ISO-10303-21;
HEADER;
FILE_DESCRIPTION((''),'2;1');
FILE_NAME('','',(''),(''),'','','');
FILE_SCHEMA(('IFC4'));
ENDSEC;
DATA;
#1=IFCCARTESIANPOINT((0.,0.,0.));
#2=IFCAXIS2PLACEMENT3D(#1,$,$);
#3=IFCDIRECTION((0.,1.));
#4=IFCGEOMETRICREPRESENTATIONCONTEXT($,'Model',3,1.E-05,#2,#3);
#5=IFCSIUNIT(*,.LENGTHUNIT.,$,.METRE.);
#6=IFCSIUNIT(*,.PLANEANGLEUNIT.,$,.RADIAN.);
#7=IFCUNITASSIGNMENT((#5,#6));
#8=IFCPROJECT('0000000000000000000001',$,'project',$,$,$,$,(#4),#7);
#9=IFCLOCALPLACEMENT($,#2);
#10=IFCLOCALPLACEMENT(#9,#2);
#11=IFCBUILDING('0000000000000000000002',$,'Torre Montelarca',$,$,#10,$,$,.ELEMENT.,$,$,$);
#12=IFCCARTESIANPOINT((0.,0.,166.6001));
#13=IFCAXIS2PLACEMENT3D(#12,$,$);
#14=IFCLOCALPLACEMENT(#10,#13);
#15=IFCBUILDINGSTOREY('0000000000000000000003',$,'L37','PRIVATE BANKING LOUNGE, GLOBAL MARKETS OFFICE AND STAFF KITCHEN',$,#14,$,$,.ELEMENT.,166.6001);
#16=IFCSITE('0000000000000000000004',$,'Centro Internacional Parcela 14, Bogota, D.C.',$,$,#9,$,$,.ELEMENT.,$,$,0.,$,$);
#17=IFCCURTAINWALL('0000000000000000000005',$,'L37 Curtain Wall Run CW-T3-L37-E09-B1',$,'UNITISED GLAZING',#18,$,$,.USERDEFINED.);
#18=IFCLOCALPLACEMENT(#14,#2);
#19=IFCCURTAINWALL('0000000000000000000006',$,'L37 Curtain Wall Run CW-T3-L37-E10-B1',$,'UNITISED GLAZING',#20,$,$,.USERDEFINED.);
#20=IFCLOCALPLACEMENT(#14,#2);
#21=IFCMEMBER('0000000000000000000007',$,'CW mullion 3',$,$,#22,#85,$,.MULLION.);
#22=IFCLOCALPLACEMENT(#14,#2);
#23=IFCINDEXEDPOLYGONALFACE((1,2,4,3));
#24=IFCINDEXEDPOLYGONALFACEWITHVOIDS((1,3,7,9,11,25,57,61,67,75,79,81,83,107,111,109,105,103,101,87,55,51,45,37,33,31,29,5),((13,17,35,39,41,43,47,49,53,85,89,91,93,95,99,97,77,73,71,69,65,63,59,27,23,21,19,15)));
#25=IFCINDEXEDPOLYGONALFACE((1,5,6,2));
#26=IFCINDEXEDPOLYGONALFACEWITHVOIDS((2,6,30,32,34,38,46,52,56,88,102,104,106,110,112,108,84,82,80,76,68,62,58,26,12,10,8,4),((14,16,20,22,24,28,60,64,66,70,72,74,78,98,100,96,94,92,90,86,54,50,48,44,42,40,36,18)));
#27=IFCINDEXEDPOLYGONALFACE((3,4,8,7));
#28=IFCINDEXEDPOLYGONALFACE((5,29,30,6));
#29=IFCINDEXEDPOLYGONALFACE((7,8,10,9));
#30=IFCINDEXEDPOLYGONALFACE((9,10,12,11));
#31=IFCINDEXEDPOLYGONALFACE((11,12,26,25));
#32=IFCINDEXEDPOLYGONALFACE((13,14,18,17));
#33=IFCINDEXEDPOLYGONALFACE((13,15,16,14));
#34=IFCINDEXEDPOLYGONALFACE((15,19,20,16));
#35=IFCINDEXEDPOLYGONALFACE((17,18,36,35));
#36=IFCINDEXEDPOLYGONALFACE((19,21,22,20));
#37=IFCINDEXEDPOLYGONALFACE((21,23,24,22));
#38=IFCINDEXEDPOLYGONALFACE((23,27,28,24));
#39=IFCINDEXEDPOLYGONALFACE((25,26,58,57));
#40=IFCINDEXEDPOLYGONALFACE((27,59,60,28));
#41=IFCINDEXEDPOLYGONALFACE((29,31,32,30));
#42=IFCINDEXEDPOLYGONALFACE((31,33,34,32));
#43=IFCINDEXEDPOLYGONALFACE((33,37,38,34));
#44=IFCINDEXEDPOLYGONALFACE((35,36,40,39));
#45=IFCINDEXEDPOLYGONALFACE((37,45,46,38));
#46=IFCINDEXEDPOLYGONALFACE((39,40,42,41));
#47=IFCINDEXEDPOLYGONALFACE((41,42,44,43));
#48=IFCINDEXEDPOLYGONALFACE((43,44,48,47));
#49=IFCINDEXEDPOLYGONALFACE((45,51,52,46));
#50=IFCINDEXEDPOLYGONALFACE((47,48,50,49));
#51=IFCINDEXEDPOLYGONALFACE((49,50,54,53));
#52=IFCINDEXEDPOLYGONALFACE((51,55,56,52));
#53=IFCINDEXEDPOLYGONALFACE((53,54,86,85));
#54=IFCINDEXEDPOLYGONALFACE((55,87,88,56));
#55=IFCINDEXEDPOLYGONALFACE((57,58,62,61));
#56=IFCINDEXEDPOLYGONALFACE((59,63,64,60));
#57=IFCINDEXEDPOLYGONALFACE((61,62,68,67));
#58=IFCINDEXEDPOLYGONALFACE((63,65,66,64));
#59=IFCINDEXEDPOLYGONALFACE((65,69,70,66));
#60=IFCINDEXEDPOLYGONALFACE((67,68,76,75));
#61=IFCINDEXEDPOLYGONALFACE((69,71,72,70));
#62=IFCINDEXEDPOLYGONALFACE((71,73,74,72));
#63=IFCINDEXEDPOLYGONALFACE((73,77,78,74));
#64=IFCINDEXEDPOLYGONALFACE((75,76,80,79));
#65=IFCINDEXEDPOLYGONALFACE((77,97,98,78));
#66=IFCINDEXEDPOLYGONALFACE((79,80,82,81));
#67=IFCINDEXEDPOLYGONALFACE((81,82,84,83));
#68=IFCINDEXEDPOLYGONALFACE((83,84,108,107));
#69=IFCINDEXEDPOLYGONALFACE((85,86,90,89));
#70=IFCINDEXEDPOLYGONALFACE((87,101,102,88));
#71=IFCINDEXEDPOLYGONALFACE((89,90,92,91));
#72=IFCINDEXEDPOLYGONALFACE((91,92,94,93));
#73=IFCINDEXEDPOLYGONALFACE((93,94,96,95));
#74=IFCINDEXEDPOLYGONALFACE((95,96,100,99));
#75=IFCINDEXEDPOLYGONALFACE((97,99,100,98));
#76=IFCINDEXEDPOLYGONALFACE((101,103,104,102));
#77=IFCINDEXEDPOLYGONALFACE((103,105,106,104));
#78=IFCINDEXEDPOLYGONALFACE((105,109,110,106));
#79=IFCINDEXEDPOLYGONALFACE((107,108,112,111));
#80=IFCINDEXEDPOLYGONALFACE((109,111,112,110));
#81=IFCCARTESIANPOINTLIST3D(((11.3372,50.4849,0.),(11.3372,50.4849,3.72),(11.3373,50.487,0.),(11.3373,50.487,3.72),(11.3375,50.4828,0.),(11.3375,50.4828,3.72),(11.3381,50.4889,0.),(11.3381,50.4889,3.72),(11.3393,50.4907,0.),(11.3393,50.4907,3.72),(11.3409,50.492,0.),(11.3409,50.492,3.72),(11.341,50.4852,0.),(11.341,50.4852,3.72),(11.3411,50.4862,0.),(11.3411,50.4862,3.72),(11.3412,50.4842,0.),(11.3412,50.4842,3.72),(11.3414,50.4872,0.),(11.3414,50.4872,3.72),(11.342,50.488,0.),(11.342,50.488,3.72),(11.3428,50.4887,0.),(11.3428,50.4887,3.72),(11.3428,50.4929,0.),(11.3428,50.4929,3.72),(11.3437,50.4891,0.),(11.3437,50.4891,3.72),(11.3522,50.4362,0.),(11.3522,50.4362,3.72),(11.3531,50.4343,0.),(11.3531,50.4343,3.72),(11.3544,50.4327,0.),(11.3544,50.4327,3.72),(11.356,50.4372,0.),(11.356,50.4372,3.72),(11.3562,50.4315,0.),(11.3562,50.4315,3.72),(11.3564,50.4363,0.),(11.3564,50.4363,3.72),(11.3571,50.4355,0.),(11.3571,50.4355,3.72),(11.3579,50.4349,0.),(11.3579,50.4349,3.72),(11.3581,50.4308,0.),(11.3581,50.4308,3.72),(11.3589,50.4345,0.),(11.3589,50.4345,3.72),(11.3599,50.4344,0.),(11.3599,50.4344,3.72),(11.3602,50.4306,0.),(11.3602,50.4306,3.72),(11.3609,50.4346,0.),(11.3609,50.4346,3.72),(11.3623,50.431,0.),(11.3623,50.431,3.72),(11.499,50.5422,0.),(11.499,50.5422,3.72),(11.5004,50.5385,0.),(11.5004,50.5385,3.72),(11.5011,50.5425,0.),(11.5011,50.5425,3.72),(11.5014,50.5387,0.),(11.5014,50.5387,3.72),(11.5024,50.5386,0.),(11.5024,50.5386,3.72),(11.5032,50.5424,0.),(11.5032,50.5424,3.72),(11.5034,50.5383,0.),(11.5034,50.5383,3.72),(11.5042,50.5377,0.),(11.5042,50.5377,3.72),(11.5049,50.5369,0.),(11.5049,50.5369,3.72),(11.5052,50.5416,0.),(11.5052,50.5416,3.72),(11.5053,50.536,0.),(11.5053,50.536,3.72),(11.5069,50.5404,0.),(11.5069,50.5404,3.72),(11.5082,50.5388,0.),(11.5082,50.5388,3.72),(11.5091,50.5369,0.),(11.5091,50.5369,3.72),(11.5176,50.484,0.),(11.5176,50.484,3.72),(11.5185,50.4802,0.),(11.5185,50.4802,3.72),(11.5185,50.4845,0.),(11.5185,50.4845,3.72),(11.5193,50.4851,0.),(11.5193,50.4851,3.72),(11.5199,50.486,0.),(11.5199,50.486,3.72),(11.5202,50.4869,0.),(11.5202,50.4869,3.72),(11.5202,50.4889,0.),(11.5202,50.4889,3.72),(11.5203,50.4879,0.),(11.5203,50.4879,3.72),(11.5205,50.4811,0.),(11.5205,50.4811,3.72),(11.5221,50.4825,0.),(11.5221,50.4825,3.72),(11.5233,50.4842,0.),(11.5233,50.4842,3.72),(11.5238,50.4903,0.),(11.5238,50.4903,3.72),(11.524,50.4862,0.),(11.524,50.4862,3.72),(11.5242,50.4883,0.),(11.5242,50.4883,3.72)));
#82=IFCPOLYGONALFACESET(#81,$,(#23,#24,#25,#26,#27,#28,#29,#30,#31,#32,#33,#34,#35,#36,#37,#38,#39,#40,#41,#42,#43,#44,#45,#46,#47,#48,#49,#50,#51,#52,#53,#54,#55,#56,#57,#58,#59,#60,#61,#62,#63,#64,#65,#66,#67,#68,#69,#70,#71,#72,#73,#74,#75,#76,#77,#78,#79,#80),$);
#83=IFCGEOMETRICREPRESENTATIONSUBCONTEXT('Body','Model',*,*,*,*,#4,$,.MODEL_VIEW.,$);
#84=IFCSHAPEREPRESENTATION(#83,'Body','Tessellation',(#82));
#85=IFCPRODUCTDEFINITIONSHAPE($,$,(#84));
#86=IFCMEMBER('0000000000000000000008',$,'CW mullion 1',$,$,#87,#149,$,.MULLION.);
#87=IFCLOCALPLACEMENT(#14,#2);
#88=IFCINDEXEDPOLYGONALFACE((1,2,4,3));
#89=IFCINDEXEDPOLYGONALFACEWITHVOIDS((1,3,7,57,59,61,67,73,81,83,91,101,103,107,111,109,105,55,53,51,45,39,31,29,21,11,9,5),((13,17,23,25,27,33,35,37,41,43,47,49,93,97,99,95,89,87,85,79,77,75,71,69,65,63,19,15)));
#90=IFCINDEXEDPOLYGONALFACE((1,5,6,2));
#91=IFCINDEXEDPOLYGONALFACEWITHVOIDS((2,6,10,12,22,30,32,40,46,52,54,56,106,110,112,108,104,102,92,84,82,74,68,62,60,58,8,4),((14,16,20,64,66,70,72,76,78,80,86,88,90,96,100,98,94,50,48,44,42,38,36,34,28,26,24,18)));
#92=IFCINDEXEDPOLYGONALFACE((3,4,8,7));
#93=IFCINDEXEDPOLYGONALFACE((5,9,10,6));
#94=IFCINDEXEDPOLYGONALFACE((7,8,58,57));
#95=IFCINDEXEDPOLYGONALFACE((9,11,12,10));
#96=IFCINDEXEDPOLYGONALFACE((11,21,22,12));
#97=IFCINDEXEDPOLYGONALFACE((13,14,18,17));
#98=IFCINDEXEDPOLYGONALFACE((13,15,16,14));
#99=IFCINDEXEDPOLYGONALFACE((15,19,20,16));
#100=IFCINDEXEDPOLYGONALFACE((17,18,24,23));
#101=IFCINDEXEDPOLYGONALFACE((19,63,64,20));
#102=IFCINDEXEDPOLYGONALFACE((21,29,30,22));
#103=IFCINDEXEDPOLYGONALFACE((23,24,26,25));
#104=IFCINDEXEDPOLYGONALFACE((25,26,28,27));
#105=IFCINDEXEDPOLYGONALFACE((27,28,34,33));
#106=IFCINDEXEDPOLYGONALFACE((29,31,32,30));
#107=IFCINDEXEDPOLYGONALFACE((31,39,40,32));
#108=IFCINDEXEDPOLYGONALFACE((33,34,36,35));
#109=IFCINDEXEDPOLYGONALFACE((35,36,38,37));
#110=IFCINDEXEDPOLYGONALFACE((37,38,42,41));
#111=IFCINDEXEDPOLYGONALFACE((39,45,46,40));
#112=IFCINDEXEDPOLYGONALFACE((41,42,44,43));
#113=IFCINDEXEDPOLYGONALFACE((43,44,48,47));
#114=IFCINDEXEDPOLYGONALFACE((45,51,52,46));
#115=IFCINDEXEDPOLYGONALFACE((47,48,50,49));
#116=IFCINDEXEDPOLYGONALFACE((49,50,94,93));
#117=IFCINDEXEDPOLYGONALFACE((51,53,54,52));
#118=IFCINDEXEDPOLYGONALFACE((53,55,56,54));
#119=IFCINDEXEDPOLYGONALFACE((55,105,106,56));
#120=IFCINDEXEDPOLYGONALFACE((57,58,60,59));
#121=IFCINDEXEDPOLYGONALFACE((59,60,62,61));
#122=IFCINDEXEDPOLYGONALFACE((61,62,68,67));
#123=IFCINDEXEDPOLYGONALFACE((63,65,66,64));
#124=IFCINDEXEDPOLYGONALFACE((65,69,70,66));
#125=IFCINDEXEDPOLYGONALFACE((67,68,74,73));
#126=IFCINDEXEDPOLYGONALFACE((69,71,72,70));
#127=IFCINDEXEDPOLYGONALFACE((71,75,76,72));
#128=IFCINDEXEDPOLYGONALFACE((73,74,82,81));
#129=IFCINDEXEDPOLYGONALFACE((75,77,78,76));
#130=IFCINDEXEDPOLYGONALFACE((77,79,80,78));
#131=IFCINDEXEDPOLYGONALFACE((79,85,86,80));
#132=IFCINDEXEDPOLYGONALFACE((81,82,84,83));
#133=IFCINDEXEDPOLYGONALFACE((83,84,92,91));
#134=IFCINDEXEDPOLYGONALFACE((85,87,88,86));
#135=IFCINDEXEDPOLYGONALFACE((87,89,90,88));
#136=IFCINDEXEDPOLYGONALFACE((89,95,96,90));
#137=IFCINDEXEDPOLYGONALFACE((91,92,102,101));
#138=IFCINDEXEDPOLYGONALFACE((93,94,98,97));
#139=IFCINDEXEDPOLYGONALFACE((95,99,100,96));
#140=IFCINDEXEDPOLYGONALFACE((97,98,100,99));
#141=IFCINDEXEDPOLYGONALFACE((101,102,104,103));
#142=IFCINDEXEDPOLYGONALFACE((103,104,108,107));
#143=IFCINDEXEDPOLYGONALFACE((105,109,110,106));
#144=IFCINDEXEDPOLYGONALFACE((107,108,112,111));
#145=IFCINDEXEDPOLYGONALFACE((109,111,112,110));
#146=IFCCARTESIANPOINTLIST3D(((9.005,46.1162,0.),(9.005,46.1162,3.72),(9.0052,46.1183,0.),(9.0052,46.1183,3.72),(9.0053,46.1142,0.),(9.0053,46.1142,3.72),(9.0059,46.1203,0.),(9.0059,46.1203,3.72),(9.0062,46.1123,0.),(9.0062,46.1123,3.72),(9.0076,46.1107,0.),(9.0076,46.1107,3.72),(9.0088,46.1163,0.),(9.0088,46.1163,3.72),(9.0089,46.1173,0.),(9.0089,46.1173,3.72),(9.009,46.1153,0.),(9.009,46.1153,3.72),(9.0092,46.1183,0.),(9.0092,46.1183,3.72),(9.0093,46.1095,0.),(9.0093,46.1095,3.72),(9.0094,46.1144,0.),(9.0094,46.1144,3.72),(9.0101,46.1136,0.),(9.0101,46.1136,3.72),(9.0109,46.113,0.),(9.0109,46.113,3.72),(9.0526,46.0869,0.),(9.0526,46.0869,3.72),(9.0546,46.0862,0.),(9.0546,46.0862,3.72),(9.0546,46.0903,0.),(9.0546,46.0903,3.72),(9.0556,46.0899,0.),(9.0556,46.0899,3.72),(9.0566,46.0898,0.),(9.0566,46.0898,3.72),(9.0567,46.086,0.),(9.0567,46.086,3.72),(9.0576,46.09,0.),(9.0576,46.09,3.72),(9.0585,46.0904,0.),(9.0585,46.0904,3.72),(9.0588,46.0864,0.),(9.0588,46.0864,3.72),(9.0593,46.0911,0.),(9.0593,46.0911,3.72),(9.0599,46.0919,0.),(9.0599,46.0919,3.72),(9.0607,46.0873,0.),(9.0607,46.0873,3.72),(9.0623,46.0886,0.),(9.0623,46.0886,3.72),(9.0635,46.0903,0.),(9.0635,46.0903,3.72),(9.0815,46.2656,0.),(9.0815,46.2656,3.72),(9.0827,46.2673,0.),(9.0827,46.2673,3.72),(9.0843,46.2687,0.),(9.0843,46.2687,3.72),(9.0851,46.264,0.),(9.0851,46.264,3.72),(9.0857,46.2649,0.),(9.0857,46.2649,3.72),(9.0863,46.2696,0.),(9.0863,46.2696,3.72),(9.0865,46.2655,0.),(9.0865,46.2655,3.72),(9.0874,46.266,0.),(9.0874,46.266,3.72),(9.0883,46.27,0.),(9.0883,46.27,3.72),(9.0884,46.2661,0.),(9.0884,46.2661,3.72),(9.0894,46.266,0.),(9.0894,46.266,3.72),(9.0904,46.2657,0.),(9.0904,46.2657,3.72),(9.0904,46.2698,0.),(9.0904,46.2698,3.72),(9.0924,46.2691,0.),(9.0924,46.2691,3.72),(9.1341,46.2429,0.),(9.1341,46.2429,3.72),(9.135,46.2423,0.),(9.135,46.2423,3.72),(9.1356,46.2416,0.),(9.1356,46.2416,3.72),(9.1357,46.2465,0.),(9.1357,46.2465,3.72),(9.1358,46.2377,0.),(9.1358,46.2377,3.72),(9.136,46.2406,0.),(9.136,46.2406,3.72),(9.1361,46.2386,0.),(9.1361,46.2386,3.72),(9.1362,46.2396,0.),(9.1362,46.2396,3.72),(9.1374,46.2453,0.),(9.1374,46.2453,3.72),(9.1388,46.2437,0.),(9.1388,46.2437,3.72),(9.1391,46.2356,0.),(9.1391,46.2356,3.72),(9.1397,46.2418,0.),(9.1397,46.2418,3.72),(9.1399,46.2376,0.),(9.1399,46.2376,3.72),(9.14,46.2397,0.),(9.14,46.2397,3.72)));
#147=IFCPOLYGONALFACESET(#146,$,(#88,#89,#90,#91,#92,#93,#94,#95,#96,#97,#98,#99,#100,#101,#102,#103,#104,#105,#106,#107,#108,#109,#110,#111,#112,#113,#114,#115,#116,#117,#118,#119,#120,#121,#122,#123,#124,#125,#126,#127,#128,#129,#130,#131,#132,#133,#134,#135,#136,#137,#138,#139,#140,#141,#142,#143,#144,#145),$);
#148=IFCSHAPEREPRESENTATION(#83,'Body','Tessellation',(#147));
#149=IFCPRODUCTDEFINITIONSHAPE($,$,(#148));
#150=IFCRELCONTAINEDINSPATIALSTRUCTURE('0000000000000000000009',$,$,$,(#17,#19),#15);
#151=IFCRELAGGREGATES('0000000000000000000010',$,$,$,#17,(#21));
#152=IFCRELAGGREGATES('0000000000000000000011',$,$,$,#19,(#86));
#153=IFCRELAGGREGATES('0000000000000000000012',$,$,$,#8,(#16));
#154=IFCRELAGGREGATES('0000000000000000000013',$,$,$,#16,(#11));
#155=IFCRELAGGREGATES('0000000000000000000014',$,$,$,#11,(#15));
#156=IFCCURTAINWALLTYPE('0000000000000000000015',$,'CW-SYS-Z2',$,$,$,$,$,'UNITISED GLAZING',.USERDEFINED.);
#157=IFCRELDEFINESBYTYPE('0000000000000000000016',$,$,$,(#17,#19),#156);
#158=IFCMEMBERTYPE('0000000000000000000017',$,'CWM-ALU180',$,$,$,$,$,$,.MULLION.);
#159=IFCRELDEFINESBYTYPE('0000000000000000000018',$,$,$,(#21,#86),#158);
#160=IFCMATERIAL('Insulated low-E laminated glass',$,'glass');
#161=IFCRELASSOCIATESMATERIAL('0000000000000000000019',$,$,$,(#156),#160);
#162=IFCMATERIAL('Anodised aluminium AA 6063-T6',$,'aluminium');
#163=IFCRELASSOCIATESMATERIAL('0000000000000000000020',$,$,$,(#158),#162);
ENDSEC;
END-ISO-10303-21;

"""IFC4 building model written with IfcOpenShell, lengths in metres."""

from ifc_helpers import new_model, si_unit, direction, frame, origin, origin_2d, place, context, subcontext, project, spatial, hollow_rectangle, extrude, source, transform, mapped, material, material_profile, profile_set, type_object, element, aggregate, save


model = new_model("IFC4")

# Units and contexts
model_context = context("Model", 3, precision=1e-05, world=origin(), true_north=direction((0.0, 1.0)))
body_context = subcontext(model_context, "Body", "Model", "MODEL_VIEW")
ifc_project = project(units=[si_unit("LENGTHUNIT", "METRE"), si_unit("PLANEANGLEUNIT", "RADIAN")], contexts=[model_context])

# Site, building, storey
site_placement = place(None, origin())
site = spatial("IfcSite", under=ifc_project, at=site_placement, Name="Centro Internacional Parcela 14, Bogota, D.C.", CompositionType="ELEMENT", RefElevation=0.0)
building_placement = place(site_placement, origin())
building = spatial("IfcBuilding", under=site, at=building_placement, Name="Torre Montelarca", CompositionType="ELEMENT")
storey_placement = place(building_placement, frame((0.0, 0.0, 166.6001)))
storey = spatial("IfcBuildingStorey", under=building, at=storey_placement, Name="L37", Description="PRIVATE BANKING LOUNGE, GLOBAL MARKETS OFFICE AND STAFF KITCHEN", CompositionType="ELEMENT", Elevation=166.6001)

# Curtain walls
ifc_material_1 = material(Name="Insulated low-E laminated glass", Category="glass")
curtain_wall_type = type_object("IfcCurtainWallType", Name="CW-SYS-Z2", ElementType="UNITISED GLAZING", PredefinedType="USERDEFINED", material=ifc_material_1)
curtain_wall_1_placement = place(storey_placement, origin())
curtain_wall_1 = element("IfcCurtainWall", 1, at=curtain_wall_1_placement, inside=storey, type_object=curtain_wall_type, Name="L37 Curtain Wall Run CW-T3-L37-E09-B1", ObjectType="UNITISED GLAZING", PredefinedType="USERDEFINED")
ifc_material_2 = material(Name="Anodised aluminium AA 6063-T6", Category="aluminium")
curtain_wall_2_placement = place(storey_placement, origin())
curtain_wall_2 = element("IfcCurtainWall", 2, at=curtain_wall_2_placement, inside=storey, type_object=curtain_wall_type, Name="L37 Curtain Wall Run CW-T3-L37-E10-B1", ObjectType="UNITISED GLAZING", PredefinedType="USERDEFINED")

# Shared definitions
ifc_material_profile_1 = material_profile(ifc_material_2, hollow_rectangle(XDim=0.0649, YDim=0.1799, WallThickness=0.0039, InnerFilletRadius=0.0039, OuterFilletRadius=0.0081, at=origin_2d()), Name="ALU65X180X4", Category="aluminium")
ifc_profile_set_1 = profile_set([ifc_material_profile_1], Name="Anodised aluminium AA 6063-T6")
member_type_1 = type_object("IfcMemberType", Name="CWM-ALU180", PredefinedType="MULLION", material=ifc_profile_set_1)
shared_shape_1 = source(origin(), body_context, "Body", "SweptSolid", [
    extrude(hollow_rectangle(XDim=0.0649, YDim=0.1799, WallThickness=0.0039, InnerFilletRadius=0.0039, OuterFilletRadius=0.0081, at=origin_2d()), origin(), (0.0, 0.0, 1.0), 3.72),
])

# Members
member_1_placement = place(storey_placement, frame((11.4307, 50.4866, 0.0), z_axis=(0.0, 0.0, 1.0), x_axis=(0.300699, -0.953719, 0.0)))
member_1 = element("IfcMember", 3, at=member_1_placement, type_object=member_type_1, Name="CW mullion 3", PredefinedType="MULLION", context=body_context, shape_type="MappedRepresentation", body=[
    mapped(shared_shape_1, transform((0.0, 0.0, 0.0), scale=1.0)),
])
member_2_placement = place(storey_placement, frame((9.0725, 46.178, 0.0), z_axis=(0.0, 0.0, 1.0), x_axis=(0.887005, -0.46176, 0.0)))
member_2 = element("IfcMember", 4, at=member_2_placement, type_object=member_type_1, Name="CW mullion 1", PredefinedType="MULLION", context=body_context, shape_type="MappedRepresentation", body=[
    mapped(shared_shape_1, transform((0.0, 0.0, 0.0), scale=1.0)),
])

aggregate(curtain_wall_1, [member_1])
aggregate(curtain_wall_2, [member_2])

save(model, "model.ifc")
